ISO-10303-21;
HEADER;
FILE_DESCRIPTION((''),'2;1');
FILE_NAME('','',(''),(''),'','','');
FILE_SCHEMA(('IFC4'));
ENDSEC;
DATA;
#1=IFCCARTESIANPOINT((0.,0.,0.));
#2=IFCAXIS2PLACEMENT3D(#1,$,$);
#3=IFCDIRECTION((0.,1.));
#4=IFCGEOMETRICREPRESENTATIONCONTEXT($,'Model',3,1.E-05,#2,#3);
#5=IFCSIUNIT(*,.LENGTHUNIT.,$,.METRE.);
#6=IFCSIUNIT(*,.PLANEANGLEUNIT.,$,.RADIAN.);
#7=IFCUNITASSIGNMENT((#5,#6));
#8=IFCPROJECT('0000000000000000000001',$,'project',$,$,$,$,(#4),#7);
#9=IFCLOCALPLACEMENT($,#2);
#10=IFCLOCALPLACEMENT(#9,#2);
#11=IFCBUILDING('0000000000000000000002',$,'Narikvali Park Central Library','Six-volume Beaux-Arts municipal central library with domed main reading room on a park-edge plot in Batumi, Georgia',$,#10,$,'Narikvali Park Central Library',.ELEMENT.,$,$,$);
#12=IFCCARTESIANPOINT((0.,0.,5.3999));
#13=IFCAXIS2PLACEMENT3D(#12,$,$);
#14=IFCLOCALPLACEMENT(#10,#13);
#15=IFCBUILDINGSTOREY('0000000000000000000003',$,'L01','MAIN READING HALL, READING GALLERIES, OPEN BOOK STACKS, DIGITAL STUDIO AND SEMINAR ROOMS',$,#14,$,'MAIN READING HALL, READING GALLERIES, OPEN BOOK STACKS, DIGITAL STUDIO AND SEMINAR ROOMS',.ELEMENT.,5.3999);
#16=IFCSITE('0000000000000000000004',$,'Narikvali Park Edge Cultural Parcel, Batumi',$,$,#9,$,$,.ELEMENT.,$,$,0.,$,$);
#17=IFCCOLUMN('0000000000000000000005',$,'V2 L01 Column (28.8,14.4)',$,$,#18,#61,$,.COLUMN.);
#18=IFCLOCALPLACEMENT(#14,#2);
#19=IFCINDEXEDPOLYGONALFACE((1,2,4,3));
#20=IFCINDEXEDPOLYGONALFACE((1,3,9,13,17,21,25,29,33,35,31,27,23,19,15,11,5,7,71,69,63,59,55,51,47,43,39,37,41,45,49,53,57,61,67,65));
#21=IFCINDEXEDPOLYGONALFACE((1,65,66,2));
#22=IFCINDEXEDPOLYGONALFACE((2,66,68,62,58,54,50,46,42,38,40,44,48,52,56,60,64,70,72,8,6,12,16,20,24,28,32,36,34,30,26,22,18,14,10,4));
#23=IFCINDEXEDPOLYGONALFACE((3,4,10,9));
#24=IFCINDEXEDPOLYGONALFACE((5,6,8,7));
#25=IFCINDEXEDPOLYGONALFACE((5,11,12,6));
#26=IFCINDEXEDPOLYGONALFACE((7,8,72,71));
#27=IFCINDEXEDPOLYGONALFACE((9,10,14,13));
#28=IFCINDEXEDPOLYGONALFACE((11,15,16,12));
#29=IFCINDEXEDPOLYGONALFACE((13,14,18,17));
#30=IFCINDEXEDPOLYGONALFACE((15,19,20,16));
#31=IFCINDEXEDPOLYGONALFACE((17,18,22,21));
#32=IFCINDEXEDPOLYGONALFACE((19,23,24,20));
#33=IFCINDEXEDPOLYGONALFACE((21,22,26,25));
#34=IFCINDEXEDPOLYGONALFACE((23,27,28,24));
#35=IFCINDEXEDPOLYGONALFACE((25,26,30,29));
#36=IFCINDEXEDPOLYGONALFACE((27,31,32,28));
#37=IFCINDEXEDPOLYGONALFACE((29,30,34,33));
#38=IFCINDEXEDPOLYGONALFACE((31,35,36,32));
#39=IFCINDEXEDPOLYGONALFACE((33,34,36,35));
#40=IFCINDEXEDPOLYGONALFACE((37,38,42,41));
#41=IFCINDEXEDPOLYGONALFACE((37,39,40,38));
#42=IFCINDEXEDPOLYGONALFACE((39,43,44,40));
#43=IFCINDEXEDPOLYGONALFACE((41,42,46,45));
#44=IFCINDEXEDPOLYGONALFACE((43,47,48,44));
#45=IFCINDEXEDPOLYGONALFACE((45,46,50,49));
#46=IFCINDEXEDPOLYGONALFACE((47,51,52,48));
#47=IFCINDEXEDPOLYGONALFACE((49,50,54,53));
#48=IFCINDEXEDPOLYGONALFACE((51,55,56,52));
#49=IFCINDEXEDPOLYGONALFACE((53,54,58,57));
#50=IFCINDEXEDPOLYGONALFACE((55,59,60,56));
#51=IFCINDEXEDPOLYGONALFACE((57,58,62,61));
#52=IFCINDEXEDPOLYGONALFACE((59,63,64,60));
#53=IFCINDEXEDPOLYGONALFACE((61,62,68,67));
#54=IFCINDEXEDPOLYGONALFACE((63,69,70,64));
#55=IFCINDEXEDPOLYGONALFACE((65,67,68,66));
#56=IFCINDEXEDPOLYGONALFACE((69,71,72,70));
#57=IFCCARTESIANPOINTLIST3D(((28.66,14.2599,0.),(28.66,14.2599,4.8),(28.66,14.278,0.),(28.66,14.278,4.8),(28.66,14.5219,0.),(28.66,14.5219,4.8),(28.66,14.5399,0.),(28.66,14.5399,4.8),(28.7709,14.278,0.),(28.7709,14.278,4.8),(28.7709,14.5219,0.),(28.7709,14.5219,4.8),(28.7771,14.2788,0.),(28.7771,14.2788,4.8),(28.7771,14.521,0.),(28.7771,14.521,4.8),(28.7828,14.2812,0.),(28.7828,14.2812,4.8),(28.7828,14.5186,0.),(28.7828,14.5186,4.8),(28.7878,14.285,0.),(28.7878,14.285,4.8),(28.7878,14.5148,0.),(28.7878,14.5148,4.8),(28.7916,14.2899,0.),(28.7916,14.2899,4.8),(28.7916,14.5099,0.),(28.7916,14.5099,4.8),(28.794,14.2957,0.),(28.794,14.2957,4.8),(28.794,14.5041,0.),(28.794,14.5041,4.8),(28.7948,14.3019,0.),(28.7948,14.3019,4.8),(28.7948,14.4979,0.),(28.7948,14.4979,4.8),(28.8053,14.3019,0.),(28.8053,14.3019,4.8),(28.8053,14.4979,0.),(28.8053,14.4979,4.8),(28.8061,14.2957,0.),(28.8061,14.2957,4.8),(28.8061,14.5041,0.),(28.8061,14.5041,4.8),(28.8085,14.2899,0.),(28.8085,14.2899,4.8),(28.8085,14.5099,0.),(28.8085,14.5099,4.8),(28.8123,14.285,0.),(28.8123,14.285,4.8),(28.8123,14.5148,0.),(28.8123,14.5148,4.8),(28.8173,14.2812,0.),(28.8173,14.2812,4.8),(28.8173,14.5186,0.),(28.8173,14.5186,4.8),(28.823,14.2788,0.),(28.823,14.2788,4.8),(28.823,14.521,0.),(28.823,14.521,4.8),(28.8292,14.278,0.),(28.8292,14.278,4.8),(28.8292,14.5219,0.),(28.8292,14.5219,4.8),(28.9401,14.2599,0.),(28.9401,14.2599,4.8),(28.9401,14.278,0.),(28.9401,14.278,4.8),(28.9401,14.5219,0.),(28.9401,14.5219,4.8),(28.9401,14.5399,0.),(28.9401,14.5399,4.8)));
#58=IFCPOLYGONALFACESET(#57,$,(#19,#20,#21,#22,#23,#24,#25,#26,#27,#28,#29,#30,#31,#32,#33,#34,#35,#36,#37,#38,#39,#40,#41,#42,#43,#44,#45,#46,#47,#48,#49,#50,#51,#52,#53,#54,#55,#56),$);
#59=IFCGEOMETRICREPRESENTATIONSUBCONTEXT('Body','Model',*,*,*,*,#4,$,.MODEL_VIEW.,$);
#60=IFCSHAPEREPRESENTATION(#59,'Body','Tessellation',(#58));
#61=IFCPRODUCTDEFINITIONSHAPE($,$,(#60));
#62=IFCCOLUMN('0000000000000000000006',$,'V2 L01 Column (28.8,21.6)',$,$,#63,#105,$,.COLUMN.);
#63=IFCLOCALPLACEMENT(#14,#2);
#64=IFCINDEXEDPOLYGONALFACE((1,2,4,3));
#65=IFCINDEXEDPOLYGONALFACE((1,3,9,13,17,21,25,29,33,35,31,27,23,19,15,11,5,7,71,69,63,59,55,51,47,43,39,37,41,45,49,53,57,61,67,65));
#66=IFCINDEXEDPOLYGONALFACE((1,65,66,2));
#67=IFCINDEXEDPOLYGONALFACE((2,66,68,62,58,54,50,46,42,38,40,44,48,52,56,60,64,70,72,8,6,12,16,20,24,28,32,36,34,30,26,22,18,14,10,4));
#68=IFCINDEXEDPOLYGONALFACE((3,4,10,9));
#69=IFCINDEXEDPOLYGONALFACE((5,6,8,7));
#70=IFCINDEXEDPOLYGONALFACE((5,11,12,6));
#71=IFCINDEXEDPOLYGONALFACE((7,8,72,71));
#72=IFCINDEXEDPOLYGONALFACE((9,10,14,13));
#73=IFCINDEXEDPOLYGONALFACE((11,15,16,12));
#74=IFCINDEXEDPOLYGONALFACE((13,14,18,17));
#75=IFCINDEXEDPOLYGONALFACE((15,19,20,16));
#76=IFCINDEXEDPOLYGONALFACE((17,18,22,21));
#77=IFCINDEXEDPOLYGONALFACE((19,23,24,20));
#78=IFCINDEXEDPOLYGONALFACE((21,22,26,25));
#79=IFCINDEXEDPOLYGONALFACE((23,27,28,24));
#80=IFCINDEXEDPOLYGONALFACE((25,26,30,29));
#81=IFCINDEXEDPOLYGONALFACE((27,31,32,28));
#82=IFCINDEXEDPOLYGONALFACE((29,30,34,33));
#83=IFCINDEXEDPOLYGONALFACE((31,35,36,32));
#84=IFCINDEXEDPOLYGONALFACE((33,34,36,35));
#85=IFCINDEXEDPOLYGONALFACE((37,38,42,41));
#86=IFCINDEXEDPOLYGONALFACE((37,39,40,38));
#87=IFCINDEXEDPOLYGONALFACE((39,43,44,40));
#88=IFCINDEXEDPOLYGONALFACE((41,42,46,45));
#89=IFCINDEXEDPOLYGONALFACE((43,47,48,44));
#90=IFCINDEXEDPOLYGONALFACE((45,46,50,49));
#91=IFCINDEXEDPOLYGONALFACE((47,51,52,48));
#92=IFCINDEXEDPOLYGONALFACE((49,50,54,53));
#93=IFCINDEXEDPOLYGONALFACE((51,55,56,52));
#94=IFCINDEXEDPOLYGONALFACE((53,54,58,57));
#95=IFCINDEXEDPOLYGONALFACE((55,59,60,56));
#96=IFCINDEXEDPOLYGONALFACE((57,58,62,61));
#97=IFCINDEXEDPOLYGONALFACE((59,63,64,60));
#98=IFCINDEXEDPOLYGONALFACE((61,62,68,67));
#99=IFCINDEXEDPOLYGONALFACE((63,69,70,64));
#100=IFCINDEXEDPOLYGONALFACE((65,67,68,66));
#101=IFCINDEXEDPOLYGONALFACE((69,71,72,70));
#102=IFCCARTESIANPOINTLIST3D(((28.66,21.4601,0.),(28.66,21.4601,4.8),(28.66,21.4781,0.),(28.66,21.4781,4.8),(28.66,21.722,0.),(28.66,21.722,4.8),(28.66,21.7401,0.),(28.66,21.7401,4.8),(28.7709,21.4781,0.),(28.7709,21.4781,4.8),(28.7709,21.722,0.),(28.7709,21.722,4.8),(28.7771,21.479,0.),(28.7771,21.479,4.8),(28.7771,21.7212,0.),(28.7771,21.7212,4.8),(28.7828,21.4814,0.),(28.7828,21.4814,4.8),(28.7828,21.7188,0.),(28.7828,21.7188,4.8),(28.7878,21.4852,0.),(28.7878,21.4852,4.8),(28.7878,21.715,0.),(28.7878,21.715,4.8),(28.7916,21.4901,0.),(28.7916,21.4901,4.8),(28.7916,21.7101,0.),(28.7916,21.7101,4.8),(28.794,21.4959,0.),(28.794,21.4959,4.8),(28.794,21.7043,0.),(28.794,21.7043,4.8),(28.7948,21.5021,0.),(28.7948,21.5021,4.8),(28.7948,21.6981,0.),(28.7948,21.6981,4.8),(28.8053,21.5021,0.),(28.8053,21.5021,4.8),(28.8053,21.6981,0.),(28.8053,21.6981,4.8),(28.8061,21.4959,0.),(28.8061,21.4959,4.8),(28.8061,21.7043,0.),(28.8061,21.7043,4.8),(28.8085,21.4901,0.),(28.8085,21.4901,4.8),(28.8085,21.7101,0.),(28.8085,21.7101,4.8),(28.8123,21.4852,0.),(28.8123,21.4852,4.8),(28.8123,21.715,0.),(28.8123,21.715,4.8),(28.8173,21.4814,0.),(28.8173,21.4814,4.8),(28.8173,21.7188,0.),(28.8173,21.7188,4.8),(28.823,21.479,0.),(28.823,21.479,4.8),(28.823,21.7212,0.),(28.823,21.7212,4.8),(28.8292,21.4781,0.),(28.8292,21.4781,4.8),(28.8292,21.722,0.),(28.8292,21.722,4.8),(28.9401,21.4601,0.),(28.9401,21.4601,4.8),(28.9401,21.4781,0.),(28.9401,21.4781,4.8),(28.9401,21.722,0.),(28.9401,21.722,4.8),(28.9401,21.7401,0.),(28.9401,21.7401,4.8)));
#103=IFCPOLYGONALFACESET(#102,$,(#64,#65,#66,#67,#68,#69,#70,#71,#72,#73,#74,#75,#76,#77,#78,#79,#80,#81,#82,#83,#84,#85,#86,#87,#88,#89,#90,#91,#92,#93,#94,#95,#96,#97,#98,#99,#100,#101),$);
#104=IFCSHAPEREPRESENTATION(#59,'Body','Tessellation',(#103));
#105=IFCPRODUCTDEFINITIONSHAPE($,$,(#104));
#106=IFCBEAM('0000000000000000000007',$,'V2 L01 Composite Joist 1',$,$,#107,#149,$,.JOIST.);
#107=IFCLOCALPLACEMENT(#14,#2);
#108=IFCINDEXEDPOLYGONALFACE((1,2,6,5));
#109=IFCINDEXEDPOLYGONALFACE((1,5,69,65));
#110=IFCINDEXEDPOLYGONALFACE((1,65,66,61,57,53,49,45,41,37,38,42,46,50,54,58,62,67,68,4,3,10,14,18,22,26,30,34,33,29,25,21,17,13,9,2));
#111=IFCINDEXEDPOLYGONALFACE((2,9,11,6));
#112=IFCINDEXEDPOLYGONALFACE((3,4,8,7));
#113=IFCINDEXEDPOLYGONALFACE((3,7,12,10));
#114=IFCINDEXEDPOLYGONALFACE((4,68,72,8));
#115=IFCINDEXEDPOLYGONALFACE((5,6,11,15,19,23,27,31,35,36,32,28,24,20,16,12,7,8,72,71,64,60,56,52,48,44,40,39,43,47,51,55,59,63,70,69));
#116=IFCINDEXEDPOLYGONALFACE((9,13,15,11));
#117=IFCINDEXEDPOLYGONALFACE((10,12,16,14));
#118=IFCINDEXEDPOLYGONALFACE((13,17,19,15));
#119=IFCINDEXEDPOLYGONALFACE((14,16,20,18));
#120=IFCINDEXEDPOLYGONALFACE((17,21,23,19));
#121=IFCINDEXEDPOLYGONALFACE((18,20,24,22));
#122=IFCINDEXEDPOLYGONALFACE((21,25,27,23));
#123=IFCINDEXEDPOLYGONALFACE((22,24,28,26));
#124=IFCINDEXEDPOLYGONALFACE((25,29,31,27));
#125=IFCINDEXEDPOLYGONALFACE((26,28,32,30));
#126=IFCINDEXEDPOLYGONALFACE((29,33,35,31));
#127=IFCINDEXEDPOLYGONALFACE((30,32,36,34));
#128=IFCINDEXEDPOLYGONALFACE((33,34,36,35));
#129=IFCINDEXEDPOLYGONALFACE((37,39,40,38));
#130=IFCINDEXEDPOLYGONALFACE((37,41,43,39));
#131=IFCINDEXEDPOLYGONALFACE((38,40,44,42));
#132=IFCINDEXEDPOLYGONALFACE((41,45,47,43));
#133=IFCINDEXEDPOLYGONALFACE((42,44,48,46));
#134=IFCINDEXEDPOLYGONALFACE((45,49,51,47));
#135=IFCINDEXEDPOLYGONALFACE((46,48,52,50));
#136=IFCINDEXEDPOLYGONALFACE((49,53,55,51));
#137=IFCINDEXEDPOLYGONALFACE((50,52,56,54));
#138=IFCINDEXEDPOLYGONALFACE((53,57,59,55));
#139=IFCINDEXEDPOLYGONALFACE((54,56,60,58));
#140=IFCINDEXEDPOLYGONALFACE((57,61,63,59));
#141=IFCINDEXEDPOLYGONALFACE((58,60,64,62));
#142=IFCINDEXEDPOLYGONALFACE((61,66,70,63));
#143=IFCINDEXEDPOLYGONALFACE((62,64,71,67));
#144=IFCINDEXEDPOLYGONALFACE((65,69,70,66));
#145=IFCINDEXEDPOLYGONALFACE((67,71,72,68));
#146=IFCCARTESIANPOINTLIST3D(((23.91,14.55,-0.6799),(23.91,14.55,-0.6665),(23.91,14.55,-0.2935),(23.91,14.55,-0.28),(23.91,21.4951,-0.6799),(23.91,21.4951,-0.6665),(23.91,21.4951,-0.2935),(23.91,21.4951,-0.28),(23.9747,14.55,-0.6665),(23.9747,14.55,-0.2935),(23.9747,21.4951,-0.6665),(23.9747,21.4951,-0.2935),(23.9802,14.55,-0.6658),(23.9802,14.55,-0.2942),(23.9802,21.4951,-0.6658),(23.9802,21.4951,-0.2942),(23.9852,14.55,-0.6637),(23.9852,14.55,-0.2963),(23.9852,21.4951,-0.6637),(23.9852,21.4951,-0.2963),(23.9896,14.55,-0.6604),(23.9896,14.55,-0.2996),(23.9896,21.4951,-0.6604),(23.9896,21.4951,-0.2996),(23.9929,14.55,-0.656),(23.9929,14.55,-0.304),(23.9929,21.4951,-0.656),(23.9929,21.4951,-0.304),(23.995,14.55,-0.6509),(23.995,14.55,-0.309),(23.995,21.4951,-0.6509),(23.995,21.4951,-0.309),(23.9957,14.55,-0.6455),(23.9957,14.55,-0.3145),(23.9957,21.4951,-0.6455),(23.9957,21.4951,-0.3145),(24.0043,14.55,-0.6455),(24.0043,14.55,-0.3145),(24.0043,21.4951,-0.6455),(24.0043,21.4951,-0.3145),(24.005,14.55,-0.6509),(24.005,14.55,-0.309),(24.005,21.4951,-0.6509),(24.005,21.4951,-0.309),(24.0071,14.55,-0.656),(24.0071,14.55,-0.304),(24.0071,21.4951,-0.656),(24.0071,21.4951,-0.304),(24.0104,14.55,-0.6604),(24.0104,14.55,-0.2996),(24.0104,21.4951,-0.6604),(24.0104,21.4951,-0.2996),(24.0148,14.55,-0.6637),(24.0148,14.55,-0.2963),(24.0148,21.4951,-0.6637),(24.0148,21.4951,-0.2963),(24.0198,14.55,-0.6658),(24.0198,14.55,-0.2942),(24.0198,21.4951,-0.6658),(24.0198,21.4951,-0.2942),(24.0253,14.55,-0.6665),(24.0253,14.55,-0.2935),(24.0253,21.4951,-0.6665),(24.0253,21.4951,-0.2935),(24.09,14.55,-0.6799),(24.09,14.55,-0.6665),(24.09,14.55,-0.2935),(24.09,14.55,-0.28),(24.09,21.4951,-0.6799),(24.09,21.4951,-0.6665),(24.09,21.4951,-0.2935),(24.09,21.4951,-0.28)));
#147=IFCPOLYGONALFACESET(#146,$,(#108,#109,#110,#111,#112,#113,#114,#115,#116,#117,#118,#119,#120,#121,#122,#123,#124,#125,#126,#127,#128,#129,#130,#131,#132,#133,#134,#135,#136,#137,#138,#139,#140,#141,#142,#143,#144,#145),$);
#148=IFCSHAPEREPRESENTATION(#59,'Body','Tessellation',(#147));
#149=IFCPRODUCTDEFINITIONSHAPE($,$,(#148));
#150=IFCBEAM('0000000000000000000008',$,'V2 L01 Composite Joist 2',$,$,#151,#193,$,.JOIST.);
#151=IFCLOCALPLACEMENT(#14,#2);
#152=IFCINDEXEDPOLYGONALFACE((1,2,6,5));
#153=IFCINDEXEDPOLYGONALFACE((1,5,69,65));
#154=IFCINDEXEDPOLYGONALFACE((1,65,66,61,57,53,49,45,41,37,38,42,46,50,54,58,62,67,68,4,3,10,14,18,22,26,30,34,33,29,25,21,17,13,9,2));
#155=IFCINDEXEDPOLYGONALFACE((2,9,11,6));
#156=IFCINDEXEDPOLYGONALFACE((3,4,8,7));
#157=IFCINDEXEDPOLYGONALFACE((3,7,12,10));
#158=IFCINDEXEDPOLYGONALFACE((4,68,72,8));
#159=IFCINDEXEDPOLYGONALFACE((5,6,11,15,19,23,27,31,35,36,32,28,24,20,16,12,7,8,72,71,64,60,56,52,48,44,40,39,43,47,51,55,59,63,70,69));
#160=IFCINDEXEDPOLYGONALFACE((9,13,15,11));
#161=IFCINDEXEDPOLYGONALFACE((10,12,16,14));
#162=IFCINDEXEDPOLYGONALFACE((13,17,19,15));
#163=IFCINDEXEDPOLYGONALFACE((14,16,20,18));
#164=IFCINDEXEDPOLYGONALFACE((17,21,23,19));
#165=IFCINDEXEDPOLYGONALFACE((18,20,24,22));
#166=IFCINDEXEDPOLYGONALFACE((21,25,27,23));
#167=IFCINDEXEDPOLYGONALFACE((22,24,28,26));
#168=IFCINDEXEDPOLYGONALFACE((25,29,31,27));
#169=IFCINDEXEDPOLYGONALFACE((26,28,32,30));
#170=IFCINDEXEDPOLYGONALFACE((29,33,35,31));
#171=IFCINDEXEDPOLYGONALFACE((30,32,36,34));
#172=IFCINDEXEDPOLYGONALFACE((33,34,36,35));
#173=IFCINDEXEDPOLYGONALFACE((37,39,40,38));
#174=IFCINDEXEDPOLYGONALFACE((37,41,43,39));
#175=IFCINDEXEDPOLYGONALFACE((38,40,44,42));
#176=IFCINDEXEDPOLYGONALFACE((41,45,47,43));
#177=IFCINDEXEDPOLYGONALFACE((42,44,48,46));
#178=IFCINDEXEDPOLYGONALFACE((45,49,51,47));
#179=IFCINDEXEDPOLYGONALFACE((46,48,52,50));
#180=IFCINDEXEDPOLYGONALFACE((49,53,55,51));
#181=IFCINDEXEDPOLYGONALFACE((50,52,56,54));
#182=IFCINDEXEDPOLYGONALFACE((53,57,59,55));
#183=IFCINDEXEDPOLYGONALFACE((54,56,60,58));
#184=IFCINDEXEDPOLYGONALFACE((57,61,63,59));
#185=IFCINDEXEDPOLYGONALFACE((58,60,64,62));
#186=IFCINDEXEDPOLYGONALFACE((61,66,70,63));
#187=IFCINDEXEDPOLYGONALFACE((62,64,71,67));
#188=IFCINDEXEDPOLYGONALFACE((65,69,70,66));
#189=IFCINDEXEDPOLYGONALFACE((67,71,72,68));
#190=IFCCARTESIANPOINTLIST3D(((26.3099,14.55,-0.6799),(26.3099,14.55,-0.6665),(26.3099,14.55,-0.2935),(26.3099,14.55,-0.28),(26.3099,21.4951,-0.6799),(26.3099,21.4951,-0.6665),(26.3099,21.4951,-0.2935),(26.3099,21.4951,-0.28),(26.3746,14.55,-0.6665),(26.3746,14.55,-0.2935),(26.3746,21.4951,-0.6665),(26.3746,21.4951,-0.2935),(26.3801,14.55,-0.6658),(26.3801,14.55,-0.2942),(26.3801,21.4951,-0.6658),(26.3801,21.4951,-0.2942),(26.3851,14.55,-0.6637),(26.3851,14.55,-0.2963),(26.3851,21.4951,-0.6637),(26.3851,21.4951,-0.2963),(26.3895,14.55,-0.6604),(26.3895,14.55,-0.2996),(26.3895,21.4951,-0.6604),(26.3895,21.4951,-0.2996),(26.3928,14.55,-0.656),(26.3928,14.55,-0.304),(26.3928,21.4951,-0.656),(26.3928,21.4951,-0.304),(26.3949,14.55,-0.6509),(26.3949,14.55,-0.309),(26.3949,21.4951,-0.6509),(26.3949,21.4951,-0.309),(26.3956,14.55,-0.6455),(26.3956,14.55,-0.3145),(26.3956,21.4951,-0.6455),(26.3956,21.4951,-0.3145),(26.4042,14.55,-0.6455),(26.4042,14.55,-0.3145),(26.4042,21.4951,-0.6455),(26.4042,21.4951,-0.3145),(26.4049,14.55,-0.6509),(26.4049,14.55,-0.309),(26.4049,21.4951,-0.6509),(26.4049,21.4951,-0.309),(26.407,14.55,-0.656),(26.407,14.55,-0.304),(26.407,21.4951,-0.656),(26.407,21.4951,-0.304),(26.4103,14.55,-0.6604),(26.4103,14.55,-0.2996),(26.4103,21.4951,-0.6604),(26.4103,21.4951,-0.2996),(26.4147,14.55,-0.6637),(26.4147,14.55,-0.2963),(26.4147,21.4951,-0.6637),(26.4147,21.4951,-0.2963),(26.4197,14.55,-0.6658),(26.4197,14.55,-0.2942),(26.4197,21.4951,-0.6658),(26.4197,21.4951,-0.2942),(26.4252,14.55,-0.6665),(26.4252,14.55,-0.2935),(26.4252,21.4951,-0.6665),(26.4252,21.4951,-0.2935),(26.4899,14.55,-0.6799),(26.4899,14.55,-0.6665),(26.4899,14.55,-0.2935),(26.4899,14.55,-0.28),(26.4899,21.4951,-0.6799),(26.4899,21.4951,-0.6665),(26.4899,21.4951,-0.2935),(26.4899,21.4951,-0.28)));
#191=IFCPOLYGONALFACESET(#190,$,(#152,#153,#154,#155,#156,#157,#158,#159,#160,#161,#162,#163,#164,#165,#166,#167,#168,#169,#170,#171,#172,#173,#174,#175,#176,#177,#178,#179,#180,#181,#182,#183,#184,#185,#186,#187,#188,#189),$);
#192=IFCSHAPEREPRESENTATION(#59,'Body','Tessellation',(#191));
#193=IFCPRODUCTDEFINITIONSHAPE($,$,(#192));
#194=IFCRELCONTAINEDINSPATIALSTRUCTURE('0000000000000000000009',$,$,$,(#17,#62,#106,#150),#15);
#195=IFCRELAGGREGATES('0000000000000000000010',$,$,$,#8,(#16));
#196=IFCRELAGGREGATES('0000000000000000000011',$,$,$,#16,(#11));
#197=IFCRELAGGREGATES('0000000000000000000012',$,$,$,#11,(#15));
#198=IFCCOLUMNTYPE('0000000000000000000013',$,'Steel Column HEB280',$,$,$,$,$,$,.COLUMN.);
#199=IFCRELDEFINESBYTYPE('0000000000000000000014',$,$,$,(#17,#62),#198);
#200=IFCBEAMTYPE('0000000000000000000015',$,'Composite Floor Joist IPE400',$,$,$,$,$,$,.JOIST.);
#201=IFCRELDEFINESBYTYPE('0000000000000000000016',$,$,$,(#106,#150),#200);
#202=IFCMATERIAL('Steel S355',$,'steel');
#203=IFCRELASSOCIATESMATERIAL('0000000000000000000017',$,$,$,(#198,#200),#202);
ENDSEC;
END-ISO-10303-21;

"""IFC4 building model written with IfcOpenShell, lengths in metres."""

from ifc_helpers import new_model, si_unit, direction, frame, origin, origin_2d, place, context, subcontext, project, spatial, i_section, extrude, material, material_profile, profile_set, type_object, element, save


model = new_model("IFC4")

# Units and contexts
model_context = context("Model", 3, precision=1e-05, world=origin(), true_north=direction((0.0, 1.0)))
body_context = subcontext(model_context, "Body", "Model", "MODEL_VIEW")
ifc_project = project(units=[si_unit("LENGTHUNIT", "METRE"), si_unit("PLANEANGLEUNIT", "RADIAN")], contexts=[model_context])

# Site, building, storey
site_placement = place(None, origin())
site = spatial("IfcSite", under=ifc_project, at=site_placement, Name="Narikvali Park Edge Cultural Parcel, Batumi", CompositionType="ELEMENT", RefElevation=0.0)
building_placement = place(site_placement, origin())
building = spatial("IfcBuilding", under=site, at=building_placement, Name="Narikvali Park Central Library", Description="Six-volume Beaux-Arts municipal central library with domed main reading room on a park-edge plot in Batumi, Georgia", LongName="Narikvali Park Central Library", CompositionType="ELEMENT")
storey_placement = place(building_placement, frame((0.0, 0.0, 5.3999)))
storey = spatial("IfcBuildingStorey", under=building, at=storey_placement, Name="L01", Description="MAIN READING HALL, READING GALLERIES, OPEN BOOK STACKS, DIGITAL STUDIO AND SEMINAR ROOMS", LongName="MAIN READING HALL, READING GALLERIES, OPEN BOOK STACKS, DIGITAL STUDIO AND SEMINAR ROOMS", CompositionType="ELEMENT", Elevation=5.3999)

# Columns
ifc_material_1 = material(Name="Steel S355", Category="steel")
ifc_material_profile_1 = material_profile(ifc_material_1, i_section(OverallWidth=0.28, OverallDepth=0.28, WebThickness=0.0105, FlangeThickness=0.0181, FilletRadius=0.0239, at=origin_2d()), Name="HEB 280")
ifc_profile_set_1 = profile_set([ifc_material_profile_1], Name="Steel S355")
column_type = type_object("IfcColumnType", Name="Steel Column HEB280", PredefinedType="COLUMN", material=ifc_profile_set_1)
for number, where, z_axis, x_axis, name in (
    (1, (28.8, 14.3999, 0.0), (0.0, 0.0, 1.0), (1.0, 0.0, 0.0), "V2 L01 Column (28.8,14.4)"),
    (2, (28.8, 21.6001, 0.0), (0.0, 0.0, 1.0), (1.0, 0.0, 0.0), "V2 L01 Column (28.8,21.6)"),
):
    element("IfcColumn", number, at=place(storey_placement, frame(where, z_axis=z_axis, x_axis=x_axis)), inside=storey, type_object=column_type, Name=name, PredefinedType="COLUMN", context=body_context, shape_type="SweptSolid", body=[
        extrude(i_section(OverallWidth=0.28, OverallDepth=0.28, WebThickness=0.0105, FlangeThickness=0.0181, FilletRadius=0.0239, at=origin_2d()), origin(), (0.0, 0.0, 1.0), 4.8),
    ])

# Beams
ifc_material_profile_2 = material_profile(ifc_material_1, i_section(OverallWidth=0.1799, OverallDepth=0.3999, WebThickness=0.0085, FlangeThickness=0.0134, FilletRadius=0.021, at=origin_2d()), Name="IPE 400")
ifc_profile_set_2 = profile_set([ifc_material_profile_2], Name="Steel S355")
beam_type_1 = type_object("IfcBeamType", Name="Composite Floor Joist IPE400", PredefinedType="JOIST", material=ifc_profile_set_2)
for number, where, z_axis, x_axis, name in (
    (3, (24.0, 14.55, -0.48), (0.0, 1.0, 0.0), (-1.0, 0.0, 0.0), "V2 L01 Composite Joist 1"),
    (4, (26.3999, 14.55, -0.48), (0.0, 1.0, 0.0), (-1.0, 0.0, 0.0), "V2 L01 Composite Joist 2"),
):
    element("IfcBeam", number, at=place(storey_placement, frame(where, z_axis=z_axis, x_axis=x_axis)), inside=storey, type_object=beam_type_1, Name=name, PredefinedType="JOIST", context=body_context, shape_type="SweptSolid", body=[
        extrude(i_section(OverallWidth=0.1799, OverallDepth=0.3999, WebThickness=0.0085, FlangeThickness=0.0134, FilletRadius=0.021, at=origin_2d()), origin(), (0.0, 0.0, 1.0), 6.9451),
    ])

save(model, "model.ifc")
